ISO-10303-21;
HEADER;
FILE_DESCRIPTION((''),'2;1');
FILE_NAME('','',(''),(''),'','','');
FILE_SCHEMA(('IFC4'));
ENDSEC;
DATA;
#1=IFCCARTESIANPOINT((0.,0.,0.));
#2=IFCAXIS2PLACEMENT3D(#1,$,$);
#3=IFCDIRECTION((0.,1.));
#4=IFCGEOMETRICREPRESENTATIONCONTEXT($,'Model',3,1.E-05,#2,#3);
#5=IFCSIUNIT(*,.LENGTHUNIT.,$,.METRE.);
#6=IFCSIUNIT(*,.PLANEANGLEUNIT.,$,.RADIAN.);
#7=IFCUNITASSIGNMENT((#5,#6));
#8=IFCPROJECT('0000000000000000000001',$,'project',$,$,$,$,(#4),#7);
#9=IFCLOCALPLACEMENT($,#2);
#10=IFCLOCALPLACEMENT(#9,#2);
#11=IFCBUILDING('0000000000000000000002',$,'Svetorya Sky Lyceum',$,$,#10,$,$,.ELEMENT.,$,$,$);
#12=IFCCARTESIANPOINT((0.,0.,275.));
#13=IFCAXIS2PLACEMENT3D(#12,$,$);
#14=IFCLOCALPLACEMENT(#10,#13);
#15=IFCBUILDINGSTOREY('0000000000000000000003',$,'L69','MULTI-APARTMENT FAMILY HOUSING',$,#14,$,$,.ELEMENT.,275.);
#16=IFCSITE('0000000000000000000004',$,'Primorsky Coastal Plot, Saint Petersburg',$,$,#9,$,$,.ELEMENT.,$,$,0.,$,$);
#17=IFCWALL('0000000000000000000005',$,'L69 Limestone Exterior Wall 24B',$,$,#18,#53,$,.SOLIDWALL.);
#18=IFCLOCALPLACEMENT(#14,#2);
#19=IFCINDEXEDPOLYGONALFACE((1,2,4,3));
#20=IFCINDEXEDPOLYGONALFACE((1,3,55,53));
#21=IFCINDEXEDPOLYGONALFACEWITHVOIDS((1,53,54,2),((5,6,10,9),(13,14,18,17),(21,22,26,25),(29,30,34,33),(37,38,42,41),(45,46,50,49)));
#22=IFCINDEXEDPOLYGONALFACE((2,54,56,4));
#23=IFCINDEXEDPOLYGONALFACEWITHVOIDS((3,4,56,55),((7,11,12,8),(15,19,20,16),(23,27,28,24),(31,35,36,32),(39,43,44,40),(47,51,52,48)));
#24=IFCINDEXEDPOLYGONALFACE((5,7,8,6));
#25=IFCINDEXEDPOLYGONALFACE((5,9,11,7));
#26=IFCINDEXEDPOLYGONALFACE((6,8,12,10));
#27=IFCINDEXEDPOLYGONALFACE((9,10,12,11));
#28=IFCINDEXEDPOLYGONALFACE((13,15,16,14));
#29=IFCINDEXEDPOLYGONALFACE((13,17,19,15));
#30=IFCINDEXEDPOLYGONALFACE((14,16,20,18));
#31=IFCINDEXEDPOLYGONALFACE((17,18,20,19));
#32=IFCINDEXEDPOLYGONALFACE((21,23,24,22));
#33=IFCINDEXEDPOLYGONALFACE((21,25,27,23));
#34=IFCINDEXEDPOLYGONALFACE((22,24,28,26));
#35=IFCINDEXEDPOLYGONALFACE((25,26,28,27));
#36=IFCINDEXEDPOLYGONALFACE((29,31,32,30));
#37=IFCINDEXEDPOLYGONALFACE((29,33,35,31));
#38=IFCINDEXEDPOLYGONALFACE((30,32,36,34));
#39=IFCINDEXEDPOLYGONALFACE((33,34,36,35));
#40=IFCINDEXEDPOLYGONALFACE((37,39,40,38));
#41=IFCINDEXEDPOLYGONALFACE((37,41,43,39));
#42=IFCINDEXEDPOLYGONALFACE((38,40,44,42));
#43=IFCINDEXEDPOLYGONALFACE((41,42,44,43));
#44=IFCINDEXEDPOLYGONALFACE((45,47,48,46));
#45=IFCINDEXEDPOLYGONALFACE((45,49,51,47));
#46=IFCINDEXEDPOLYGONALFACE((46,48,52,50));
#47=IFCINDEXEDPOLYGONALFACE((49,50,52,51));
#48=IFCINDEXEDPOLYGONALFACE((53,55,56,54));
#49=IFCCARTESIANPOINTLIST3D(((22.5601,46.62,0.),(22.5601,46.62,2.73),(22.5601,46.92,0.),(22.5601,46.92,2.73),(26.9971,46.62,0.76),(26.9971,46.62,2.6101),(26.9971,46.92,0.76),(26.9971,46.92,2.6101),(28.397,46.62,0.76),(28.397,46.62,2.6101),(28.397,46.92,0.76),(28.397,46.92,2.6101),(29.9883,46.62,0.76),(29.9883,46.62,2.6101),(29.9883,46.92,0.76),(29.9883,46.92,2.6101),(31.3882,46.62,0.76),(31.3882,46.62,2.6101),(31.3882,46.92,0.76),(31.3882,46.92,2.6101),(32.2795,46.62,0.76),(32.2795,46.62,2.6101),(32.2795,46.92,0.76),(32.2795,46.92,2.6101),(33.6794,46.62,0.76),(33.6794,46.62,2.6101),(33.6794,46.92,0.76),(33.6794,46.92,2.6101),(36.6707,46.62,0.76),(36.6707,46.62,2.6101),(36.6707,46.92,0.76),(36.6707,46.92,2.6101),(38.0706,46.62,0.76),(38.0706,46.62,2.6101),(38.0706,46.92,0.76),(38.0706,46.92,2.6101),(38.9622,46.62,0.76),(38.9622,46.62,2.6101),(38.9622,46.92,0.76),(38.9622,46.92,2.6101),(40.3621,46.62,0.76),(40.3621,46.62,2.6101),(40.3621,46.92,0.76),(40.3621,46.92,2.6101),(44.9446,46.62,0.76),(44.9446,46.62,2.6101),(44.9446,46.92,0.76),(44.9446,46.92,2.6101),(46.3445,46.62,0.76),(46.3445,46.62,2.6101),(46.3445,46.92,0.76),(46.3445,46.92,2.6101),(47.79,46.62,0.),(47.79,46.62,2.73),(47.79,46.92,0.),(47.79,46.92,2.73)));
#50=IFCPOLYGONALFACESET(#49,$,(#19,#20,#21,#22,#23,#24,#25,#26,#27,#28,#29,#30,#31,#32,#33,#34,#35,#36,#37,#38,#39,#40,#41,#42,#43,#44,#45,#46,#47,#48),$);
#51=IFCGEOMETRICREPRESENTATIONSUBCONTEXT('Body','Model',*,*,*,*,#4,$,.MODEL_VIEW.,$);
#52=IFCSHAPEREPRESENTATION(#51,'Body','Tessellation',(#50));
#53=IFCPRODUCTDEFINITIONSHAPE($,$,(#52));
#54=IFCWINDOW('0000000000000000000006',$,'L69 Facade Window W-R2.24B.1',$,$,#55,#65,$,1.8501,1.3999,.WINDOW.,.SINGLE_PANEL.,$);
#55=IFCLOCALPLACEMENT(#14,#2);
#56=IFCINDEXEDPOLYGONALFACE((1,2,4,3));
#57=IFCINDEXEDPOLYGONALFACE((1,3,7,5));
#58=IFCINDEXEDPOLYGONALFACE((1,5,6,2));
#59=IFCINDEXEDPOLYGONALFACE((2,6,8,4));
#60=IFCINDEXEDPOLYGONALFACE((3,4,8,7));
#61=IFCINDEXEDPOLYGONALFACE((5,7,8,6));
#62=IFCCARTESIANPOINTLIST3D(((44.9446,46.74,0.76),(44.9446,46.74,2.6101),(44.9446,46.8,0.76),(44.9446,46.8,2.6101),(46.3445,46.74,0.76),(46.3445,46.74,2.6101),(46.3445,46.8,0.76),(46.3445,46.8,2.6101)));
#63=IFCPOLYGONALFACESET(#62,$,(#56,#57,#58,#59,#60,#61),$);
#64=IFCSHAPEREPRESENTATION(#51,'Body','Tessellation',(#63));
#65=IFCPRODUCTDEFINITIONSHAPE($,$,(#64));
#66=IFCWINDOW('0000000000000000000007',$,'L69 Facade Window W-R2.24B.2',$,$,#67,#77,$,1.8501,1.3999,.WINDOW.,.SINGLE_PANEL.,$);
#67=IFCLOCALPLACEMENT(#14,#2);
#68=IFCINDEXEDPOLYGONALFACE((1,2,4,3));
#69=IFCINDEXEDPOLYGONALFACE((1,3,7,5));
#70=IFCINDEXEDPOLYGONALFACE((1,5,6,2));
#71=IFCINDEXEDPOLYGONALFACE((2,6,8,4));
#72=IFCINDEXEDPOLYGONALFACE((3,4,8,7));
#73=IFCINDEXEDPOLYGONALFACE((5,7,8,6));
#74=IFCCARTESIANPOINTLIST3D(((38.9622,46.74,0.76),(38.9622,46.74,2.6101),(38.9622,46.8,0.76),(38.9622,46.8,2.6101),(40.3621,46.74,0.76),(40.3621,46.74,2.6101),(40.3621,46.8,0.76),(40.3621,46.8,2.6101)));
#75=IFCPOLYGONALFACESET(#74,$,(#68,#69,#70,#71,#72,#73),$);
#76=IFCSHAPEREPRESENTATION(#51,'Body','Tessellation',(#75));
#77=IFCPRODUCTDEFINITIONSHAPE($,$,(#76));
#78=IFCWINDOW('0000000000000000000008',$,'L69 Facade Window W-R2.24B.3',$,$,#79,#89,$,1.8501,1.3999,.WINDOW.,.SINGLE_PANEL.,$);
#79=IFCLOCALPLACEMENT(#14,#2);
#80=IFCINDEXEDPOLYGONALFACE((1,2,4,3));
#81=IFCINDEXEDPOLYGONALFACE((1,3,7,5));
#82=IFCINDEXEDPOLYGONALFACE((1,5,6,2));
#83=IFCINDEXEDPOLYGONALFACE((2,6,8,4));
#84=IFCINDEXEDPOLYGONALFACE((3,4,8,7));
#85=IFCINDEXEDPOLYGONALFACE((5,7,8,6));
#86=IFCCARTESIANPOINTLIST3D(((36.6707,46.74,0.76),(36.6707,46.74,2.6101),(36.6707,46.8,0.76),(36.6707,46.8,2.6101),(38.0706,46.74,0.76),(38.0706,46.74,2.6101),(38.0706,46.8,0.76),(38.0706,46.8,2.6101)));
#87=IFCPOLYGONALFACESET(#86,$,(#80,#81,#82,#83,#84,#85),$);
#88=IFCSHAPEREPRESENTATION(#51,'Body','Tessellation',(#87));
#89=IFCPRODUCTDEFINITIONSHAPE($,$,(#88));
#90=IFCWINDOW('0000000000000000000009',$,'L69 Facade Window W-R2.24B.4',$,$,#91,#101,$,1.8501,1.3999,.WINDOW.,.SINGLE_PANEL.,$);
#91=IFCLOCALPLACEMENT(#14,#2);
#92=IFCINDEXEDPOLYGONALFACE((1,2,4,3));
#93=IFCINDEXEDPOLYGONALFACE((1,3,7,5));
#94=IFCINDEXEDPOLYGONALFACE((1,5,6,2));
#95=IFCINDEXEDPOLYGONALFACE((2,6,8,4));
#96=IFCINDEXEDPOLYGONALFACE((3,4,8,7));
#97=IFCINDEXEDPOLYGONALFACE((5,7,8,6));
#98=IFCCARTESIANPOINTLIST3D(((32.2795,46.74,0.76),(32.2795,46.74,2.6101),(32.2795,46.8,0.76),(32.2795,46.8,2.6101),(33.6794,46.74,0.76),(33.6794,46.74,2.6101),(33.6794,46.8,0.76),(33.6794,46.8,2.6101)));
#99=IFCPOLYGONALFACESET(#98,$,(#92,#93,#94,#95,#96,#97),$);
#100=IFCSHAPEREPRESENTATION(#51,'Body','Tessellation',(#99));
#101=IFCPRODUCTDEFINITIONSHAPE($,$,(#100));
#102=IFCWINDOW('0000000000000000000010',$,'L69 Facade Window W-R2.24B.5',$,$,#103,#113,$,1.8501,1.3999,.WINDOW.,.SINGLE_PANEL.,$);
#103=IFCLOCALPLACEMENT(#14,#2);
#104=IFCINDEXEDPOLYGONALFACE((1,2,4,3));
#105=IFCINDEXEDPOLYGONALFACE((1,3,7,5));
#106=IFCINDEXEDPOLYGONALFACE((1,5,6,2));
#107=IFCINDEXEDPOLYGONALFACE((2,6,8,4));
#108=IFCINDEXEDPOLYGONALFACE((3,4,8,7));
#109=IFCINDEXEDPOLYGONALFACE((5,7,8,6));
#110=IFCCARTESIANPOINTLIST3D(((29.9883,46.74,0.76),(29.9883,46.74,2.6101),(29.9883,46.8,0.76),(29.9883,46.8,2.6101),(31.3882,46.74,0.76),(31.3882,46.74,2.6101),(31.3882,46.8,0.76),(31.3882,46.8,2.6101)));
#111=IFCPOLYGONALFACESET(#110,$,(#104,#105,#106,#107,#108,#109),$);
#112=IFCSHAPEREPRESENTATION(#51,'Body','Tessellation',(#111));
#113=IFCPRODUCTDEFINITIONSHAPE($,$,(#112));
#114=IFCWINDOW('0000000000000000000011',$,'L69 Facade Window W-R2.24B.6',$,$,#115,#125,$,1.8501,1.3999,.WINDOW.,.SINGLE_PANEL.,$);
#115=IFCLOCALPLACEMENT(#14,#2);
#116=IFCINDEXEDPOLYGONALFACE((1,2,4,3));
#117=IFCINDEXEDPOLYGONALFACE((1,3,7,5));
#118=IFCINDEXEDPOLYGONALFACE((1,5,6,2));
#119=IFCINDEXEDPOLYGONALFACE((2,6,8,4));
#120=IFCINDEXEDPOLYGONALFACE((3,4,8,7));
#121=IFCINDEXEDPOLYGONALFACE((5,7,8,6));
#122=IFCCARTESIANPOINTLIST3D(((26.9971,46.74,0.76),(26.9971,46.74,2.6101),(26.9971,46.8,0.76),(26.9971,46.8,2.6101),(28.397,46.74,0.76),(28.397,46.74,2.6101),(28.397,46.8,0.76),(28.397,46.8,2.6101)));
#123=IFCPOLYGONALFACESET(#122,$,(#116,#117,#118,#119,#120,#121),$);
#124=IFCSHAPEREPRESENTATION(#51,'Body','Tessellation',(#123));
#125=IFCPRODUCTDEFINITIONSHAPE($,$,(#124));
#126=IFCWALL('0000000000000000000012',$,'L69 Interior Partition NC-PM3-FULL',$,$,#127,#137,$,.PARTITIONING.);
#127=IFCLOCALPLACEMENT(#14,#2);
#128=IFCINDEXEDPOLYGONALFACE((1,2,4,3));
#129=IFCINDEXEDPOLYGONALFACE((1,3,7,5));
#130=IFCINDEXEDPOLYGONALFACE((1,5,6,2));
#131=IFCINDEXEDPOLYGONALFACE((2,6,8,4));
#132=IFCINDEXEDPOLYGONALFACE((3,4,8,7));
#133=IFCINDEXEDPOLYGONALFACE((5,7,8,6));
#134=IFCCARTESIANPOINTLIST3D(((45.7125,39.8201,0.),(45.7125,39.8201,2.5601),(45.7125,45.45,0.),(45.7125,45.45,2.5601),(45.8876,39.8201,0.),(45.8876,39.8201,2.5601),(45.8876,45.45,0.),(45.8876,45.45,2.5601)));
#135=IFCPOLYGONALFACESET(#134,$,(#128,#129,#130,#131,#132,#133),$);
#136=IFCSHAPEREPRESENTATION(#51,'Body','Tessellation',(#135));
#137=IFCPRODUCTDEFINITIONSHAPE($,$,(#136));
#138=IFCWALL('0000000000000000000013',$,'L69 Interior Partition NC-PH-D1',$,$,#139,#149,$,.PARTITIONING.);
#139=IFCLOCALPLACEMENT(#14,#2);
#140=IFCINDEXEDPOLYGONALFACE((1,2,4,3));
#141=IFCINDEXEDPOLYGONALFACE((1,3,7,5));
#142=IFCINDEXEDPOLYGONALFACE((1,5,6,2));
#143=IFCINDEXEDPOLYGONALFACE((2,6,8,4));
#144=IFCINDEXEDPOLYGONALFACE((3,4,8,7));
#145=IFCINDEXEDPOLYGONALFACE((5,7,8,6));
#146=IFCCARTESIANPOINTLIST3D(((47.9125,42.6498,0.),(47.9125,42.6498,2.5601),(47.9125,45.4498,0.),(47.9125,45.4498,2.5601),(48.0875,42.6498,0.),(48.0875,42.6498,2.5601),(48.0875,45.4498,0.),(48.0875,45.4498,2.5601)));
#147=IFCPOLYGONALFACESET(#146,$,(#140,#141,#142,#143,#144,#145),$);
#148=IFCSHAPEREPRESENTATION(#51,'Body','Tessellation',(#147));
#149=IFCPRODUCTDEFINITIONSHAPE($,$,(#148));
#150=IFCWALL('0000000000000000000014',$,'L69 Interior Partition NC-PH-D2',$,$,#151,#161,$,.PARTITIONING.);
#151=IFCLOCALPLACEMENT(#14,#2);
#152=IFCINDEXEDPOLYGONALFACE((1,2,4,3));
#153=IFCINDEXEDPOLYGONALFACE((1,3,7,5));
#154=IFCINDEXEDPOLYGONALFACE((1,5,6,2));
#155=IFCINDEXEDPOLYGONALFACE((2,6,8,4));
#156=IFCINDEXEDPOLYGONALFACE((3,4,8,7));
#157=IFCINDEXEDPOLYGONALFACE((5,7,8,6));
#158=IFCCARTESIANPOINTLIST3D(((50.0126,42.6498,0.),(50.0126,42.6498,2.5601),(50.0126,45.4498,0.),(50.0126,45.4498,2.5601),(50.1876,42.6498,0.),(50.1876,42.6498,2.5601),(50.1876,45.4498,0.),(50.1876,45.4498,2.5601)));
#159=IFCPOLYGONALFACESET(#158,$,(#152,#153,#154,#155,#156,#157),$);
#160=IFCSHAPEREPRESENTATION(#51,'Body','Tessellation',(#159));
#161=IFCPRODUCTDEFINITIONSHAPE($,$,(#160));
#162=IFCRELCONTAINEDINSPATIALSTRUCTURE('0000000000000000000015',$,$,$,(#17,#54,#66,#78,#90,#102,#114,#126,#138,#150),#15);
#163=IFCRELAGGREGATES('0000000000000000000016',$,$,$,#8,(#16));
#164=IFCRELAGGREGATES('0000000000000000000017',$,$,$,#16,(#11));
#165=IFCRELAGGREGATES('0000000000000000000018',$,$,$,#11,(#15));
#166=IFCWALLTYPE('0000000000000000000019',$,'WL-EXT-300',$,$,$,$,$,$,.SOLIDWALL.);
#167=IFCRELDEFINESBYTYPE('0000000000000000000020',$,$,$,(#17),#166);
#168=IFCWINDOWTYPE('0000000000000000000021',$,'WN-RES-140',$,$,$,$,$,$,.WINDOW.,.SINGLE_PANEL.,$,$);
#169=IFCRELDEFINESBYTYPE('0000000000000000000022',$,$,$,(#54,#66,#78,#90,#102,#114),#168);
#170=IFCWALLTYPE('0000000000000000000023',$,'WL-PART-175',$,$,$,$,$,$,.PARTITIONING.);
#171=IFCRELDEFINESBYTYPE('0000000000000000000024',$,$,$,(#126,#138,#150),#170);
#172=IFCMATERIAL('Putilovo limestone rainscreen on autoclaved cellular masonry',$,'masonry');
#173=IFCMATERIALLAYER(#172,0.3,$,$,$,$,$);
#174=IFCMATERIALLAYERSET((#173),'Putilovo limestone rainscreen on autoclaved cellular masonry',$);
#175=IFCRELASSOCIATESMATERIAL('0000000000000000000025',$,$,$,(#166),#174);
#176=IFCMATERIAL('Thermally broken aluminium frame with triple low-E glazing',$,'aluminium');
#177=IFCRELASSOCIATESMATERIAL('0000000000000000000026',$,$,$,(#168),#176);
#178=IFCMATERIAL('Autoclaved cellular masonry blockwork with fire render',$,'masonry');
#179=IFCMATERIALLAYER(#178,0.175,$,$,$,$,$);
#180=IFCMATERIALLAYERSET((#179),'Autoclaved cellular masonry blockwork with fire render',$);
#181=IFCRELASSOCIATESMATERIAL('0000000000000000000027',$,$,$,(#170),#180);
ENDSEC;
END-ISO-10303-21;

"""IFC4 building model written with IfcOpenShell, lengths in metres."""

from ifc_helpers import new_model, si_unit, direction, frame, frame_2d, origin, place, context, subcontext, project, spatial, rectangle, extrude, material, layer, layer_set, type_object, element, fill, save


model = new_model("IFC4")

# Units and contexts
model_context = context("Model", 3, precision=1e-05, world=origin(), true_north=direction((0.0, 1.0)))
body_context = subcontext(model_context, "Body", "Model", "MODEL_VIEW")
ifc_project = project(units=[si_unit("LENGTHUNIT", "METRE"), si_unit("PLANEANGLEUNIT", "RADIAN")], contexts=[model_context])

# Site, building, storey
site_placement = place(None, origin())
site = spatial("IfcSite", under=ifc_project, at=site_placement, Name="Primorsky Coastal Plot, Saint Petersburg", CompositionType="ELEMENT", RefElevation=0.0)
building_placement = place(site_placement, origin())
building = spatial("IfcBuilding", under=site, at=building_placement, Name="Svetorya Sky Lyceum", CompositionType="ELEMENT")
storey_placement = place(building_placement, frame((0.0, 0.0, 275.0)))
storey = spatial("IfcBuildingStorey", under=building, at=storey_placement, Name="L69", Description="MULTI-APARTMENT FAMILY HOUSING", CompositionType="ELEMENT", Elevation=275.0)

# Wall, openings, windows
ifc_material_1 = material(Name="Putilovo limestone rainscreen on autoclaved cellular masonry", Category="masonry")
ifc_layer_1 = layer(ifc_material_1, 0.3)
ifc_layer_set_1 = layer_set([ifc_layer_1], Name="Putilovo limestone rainscreen on autoclaved cellular masonry")
wall_type_1 = type_object("IfcWallType", Name="WL-EXT-300", PredefinedType="SOLIDWALL", material=ifc_layer_set_1)
wall_1_placement = place(storey_placement, frame((47.79, 46.77, 0.0), z_axis=(0.0, 0.0, 1.0), x_axis=(-1.0, 0.0, 0.0)))
wall_1 = element("IfcWall", 1, at=wall_1_placement, inside=storey, type_object=wall_type_1, Name="L69 Limestone Exterior Wall 24B", PredefinedType="SOLIDWALL", context=body_context, shape_type="SweptSolid", body=[
    extrude(rectangle(XDim=25.23, YDim=0.3, at=frame_2d((12.615, 0.0))), origin(), (0.0, 0.0, 1.0), 2.73),
])
opening_1_placement = place(wall_1_placement, frame((1.4456, 0.0, 0.76)))
opening_1 = element("IfcOpeningElement", 2, at=opening_1_placement, cuts=wall_1, PredefinedType="OPENING", context=body_context, shape_type="SweptSolid", body=[
    extrude(rectangle(XDim=1.3999, YDim=1.8501, at=frame_2d((0.7, 0.925))), frame((0.0, 0.1599, 0.0), z_axis=(0.0, -1.0, 0.0), x_axis=(1.0, 0.0, 0.0)), (0.0, 0.0, 1.0), 0.3201),
])
opening_2_placement = place(wall_1_placement, frame((7.428, 0.0, 0.76)))
opening_2 = element("IfcOpeningElement", 3, at=opening_2_placement, cuts=wall_1, PredefinedType="OPENING", context=body_context, shape_type="SweptSolid", body=[
    extrude(rectangle(XDim=1.3999, YDim=1.8501, at=frame_2d((0.7, 0.925))), frame((0.0, 0.1599, 0.0), z_axis=(0.0, -1.0, 0.0), x_axis=(1.0, 0.0, 0.0)), (0.0, 0.0, 1.0), 0.3201),
])
opening_3_placement = place(wall_1_placement, frame((9.7195, 0.0, 0.76)))
opening_3 = element("IfcOpeningElement", 4, at=opening_3_placement, cuts=wall_1, PredefinedType="OPENING", context=body_context, shape_type="SweptSolid", body=[
    extrude(rectangle(XDim=1.3999, YDim=1.8501, at=frame_2d((0.7, 0.925))), frame((0.0, 0.1599, 0.0), z_axis=(0.0, -1.0, 0.0), x_axis=(1.0, 0.0, 0.0)), (0.0, 0.0, 1.0), 0.3201),
])
opening_4_placement = place(wall_1_placement, frame((14.1106, 0.0, 0.76)))
opening_4 = element("IfcOpeningElement", 5, at=opening_4_placement, cuts=wall_1, PredefinedType="OPENING", context=body_context, shape_type="SweptSolid", body=[
    extrude(rectangle(XDim=1.3999, YDim=1.8501, at=frame_2d((0.7, 0.925))), frame((0.0, 0.1599, 0.0), z_axis=(0.0, -1.0, 0.0), x_axis=(1.0, 0.0, 0.0)), (0.0, 0.0, 1.0), 0.3201),
])
opening_5_placement = place(wall_1_placement, frame((16.4019, 0.0, 0.76)))
opening_5 = element("IfcOpeningElement", 6, at=opening_5_placement, cuts=wall_1, PredefinedType="OPENING", context=body_context, shape_type="SweptSolid", body=[
    extrude(rectangle(XDim=1.3999, YDim=1.8501, at=frame_2d((0.7, 0.925))), frame((0.0, 0.1599, 0.0), z_axis=(0.0, -1.0, 0.0), x_axis=(1.0, 0.0, 0.0)), (0.0, 0.0, 1.0), 0.3201),
])
opening_6_placement = place(wall_1_placement, frame((19.3931, 0.0, 0.76)))
opening_6 = element("IfcOpeningElement", 7, at=opening_6_placement, cuts=wall_1, PredefinedType="OPENING", context=body_context, shape_type="SweptSolid", body=[
    extrude(rectangle(XDim=1.3999, YDim=1.8501, at=frame_2d((0.7, 0.925))), frame((0.0, 0.1599, 0.0), z_axis=(0.0, -1.0, 0.0), x_axis=(1.0, 0.0, 0.0)), (0.0, 0.0, 1.0), 0.3201),
])
ifc_material_2 = material(Name="Thermally broken aluminium frame with triple low-E glazing", Category="aluminium")
window_type = type_object("IfcWindowType", Name="WN-RES-140", PartitioningType="SINGLE_PANEL", PredefinedType="WINDOW", material=ifc_material_2)
window_1_placement = place(opening_1_placement, origin())
window_1 = element("IfcWindow", 8, at=window_1_placement, inside=storey, type_object=window_type, Name="L69 Facade Window W-R2.24B.1", OverallHeight=1.8501, OverallWidth=1.3999, PartitioningType="SINGLE_PANEL", PredefinedType="WINDOW", context=body_context, shape_type="SweptSolid", body=[
    extrude(rectangle(XDim=1.3999, YDim=1.8501, at=frame_2d((0.7, 0.925))), frame((0.0, 0.03, 0.0), z_axis=(0.0, -1.0, 0.0), x_axis=(1.0, 0.0, 0.0)), (0.0, 0.0, 1.0), 0.0601),
])
fill(opening_1, window_1)
window_2_placement = place(opening_2_placement, origin())
window_2 = element("IfcWindow", 9, at=window_2_placement, inside=storey, type_object=window_type, Name="L69 Facade Window W-R2.24B.2", OverallHeight=1.8501, OverallWidth=1.3999, PartitioningType="SINGLE_PANEL", PredefinedType="WINDOW", context=body_context, shape_type="SweptSolid", body=[
    extrude(rectangle(XDim=1.3999, YDim=1.8501, at=frame_2d((0.7, 0.925))), frame((0.0, 0.03, 0.0), z_axis=(0.0, -1.0, 0.0), x_axis=(1.0, 0.0, 0.0)), (0.0, 0.0, 1.0), 0.0601),
])
fill(opening_2, window_2)
window_3_placement = place(opening_3_placement, origin())
window_3 = element("IfcWindow", 10, at=window_3_placement, inside=storey, type_object=window_type, Name="L69 Facade Window W-R2.24B.3", OverallHeight=1.8501, OverallWidth=1.3999, PartitioningType="SINGLE_PANEL", PredefinedType="WINDOW", context=body_context, shape_type="SweptSolid", body=[
    extrude(rectangle(XDim=1.3999, YDim=1.8501, at=frame_2d((0.7, 0.925))), frame((0.0, 0.03, 0.0), z_axis=(0.0, -1.0, 0.0), x_axis=(1.0, 0.0, 0.0)), (0.0, 0.0, 1.0), 0.0601),
])
fill(opening_3, window_3)
window_4_placement = place(opening_4_placement, origin())
window_4 = element("IfcWindow", 11, at=window_4_placement, inside=storey, type_object=window_type, Name="L69 Facade Window W-R2.24B.4", OverallHeight=1.8501, OverallWidth=1.3999, PartitioningType="SINGLE_PANEL", PredefinedType="WINDOW", context=body_context, shape_type="SweptSolid", body=[
    extrude(rectangle(XDim=1.3999, YDim=1.8501, at=frame_2d((0.7, 0.925))), frame((0.0, 0.03, 0.0), z_axis=(0.0, -1.0, 0.0), x_axis=(1.0, 0.0, 0.0)), (0.0, 0.0, 1.0), 0.0601),
])
fill(opening_4, window_4)
window_5_placement = place(opening_5_placement, origin())
window_5 = element("IfcWindow", 12, at=window_5_placement, inside=storey, type_object=window_type, Name="L69 Facade Window W-R2.24B.5", OverallHeight=1.8501, OverallWidth=1.3999, PartitioningType="SINGLE_PANEL", PredefinedType="WINDOW", context=body_context, shape_type="SweptSolid", body=[
    extrude(rectangle(XDim=1.3999, YDim=1.8501, at=frame_2d((0.7, 0.925))), frame((0.0, 0.03, 0.0), z_axis=(0.0, -1.0, 0.0), x_axis=(1.0, 0.0, 0.0)), (0.0, 0.0, 1.0), 0.0601),
])
fill(opening_5, window_5)
window_6_placement = place(opening_6_placement, origin())
window_6 = element("IfcWindow", 13, at=window_6_placement, inside=storey, type_object=window_type, Name="L69 Facade Window W-R2.24B.6", OverallHeight=1.8501, OverallWidth=1.3999, PartitioningType="SINGLE_PANEL", PredefinedType="WINDOW", context=body_context, shape_type="SweptSolid", body=[
    extrude(rectangle(XDim=1.3999, YDim=1.8501, at=frame_2d((0.7, 0.925))), frame((0.0, 0.03, 0.0), z_axis=(0.0, -1.0, 0.0), x_axis=(1.0, 0.0, 0.0)), (0.0, 0.0, 1.0), 0.0601),
])
fill(opening_6, window_6)

# Walls
ifc_material_3 = material(Name="Autoclaved cellular masonry blockwork with fire render", Category="masonry")
ifc_layer_2 = layer(ifc_material_3, 0.175)
ifc_layer_set_2 = layer_set([ifc_layer_2], Name="Autoclaved cellular masonry blockwork with fire render")
wall_type_2 = type_object("IfcWallType", Name="WL-PART-175", PredefinedType="PARTITIONING", material=ifc_layer_set_2)
wall_2_placement = place(storey_placement, frame((45.8, 39.8201, 0.0), z_axis=(0.0, 0.0, 1.0), x_axis=(0.0, 1.0, 0.0)))
element("IfcWall", 14, at=wall_2_placement, inside=storey, type_object=wall_type_2, Name="L69 Interior Partition NC-PM3-FULL", PredefinedType="PARTITIONING", context=body_context, shape_type="SweptSolid", body=[
    extrude(rectangle(XDim=5.6299, YDim=0.175, at=frame_2d((2.8149, 0.0))), origin(), (0.0, 0.0, 1.0), 2.5601),
])
for number, where, z_axis, x_axis, name in (
    (15, (48.0, 42.6499, 0.0), (0.0, 0.0, 1.0), (0.0, 1.0, 0.0), "L69 Interior Partition NC-PH-D1"),
    (16, (50.1001, 42.6499, 0.0), (0.0, 0.0, 1.0), (0.0, 1.0, 0.0), "L69 Interior Partition NC-PH-D2"),
):
    element("IfcWall", number, at=place(storey_placement, frame(where, z_axis=z_axis, x_axis=x_axis)), inside=storey, type_object=wall_type_2, Name=name, PredefinedType="PARTITIONING", context=body_context, shape_type="SweptSolid", body=[
        extrude(rectangle(XDim=2.8, YDim=0.175, at=frame_2d((1.3999, 0.0))), origin(), (0.0, 0.0, 1.0), 2.5601),
    ])

save(model, "model.ifc")
